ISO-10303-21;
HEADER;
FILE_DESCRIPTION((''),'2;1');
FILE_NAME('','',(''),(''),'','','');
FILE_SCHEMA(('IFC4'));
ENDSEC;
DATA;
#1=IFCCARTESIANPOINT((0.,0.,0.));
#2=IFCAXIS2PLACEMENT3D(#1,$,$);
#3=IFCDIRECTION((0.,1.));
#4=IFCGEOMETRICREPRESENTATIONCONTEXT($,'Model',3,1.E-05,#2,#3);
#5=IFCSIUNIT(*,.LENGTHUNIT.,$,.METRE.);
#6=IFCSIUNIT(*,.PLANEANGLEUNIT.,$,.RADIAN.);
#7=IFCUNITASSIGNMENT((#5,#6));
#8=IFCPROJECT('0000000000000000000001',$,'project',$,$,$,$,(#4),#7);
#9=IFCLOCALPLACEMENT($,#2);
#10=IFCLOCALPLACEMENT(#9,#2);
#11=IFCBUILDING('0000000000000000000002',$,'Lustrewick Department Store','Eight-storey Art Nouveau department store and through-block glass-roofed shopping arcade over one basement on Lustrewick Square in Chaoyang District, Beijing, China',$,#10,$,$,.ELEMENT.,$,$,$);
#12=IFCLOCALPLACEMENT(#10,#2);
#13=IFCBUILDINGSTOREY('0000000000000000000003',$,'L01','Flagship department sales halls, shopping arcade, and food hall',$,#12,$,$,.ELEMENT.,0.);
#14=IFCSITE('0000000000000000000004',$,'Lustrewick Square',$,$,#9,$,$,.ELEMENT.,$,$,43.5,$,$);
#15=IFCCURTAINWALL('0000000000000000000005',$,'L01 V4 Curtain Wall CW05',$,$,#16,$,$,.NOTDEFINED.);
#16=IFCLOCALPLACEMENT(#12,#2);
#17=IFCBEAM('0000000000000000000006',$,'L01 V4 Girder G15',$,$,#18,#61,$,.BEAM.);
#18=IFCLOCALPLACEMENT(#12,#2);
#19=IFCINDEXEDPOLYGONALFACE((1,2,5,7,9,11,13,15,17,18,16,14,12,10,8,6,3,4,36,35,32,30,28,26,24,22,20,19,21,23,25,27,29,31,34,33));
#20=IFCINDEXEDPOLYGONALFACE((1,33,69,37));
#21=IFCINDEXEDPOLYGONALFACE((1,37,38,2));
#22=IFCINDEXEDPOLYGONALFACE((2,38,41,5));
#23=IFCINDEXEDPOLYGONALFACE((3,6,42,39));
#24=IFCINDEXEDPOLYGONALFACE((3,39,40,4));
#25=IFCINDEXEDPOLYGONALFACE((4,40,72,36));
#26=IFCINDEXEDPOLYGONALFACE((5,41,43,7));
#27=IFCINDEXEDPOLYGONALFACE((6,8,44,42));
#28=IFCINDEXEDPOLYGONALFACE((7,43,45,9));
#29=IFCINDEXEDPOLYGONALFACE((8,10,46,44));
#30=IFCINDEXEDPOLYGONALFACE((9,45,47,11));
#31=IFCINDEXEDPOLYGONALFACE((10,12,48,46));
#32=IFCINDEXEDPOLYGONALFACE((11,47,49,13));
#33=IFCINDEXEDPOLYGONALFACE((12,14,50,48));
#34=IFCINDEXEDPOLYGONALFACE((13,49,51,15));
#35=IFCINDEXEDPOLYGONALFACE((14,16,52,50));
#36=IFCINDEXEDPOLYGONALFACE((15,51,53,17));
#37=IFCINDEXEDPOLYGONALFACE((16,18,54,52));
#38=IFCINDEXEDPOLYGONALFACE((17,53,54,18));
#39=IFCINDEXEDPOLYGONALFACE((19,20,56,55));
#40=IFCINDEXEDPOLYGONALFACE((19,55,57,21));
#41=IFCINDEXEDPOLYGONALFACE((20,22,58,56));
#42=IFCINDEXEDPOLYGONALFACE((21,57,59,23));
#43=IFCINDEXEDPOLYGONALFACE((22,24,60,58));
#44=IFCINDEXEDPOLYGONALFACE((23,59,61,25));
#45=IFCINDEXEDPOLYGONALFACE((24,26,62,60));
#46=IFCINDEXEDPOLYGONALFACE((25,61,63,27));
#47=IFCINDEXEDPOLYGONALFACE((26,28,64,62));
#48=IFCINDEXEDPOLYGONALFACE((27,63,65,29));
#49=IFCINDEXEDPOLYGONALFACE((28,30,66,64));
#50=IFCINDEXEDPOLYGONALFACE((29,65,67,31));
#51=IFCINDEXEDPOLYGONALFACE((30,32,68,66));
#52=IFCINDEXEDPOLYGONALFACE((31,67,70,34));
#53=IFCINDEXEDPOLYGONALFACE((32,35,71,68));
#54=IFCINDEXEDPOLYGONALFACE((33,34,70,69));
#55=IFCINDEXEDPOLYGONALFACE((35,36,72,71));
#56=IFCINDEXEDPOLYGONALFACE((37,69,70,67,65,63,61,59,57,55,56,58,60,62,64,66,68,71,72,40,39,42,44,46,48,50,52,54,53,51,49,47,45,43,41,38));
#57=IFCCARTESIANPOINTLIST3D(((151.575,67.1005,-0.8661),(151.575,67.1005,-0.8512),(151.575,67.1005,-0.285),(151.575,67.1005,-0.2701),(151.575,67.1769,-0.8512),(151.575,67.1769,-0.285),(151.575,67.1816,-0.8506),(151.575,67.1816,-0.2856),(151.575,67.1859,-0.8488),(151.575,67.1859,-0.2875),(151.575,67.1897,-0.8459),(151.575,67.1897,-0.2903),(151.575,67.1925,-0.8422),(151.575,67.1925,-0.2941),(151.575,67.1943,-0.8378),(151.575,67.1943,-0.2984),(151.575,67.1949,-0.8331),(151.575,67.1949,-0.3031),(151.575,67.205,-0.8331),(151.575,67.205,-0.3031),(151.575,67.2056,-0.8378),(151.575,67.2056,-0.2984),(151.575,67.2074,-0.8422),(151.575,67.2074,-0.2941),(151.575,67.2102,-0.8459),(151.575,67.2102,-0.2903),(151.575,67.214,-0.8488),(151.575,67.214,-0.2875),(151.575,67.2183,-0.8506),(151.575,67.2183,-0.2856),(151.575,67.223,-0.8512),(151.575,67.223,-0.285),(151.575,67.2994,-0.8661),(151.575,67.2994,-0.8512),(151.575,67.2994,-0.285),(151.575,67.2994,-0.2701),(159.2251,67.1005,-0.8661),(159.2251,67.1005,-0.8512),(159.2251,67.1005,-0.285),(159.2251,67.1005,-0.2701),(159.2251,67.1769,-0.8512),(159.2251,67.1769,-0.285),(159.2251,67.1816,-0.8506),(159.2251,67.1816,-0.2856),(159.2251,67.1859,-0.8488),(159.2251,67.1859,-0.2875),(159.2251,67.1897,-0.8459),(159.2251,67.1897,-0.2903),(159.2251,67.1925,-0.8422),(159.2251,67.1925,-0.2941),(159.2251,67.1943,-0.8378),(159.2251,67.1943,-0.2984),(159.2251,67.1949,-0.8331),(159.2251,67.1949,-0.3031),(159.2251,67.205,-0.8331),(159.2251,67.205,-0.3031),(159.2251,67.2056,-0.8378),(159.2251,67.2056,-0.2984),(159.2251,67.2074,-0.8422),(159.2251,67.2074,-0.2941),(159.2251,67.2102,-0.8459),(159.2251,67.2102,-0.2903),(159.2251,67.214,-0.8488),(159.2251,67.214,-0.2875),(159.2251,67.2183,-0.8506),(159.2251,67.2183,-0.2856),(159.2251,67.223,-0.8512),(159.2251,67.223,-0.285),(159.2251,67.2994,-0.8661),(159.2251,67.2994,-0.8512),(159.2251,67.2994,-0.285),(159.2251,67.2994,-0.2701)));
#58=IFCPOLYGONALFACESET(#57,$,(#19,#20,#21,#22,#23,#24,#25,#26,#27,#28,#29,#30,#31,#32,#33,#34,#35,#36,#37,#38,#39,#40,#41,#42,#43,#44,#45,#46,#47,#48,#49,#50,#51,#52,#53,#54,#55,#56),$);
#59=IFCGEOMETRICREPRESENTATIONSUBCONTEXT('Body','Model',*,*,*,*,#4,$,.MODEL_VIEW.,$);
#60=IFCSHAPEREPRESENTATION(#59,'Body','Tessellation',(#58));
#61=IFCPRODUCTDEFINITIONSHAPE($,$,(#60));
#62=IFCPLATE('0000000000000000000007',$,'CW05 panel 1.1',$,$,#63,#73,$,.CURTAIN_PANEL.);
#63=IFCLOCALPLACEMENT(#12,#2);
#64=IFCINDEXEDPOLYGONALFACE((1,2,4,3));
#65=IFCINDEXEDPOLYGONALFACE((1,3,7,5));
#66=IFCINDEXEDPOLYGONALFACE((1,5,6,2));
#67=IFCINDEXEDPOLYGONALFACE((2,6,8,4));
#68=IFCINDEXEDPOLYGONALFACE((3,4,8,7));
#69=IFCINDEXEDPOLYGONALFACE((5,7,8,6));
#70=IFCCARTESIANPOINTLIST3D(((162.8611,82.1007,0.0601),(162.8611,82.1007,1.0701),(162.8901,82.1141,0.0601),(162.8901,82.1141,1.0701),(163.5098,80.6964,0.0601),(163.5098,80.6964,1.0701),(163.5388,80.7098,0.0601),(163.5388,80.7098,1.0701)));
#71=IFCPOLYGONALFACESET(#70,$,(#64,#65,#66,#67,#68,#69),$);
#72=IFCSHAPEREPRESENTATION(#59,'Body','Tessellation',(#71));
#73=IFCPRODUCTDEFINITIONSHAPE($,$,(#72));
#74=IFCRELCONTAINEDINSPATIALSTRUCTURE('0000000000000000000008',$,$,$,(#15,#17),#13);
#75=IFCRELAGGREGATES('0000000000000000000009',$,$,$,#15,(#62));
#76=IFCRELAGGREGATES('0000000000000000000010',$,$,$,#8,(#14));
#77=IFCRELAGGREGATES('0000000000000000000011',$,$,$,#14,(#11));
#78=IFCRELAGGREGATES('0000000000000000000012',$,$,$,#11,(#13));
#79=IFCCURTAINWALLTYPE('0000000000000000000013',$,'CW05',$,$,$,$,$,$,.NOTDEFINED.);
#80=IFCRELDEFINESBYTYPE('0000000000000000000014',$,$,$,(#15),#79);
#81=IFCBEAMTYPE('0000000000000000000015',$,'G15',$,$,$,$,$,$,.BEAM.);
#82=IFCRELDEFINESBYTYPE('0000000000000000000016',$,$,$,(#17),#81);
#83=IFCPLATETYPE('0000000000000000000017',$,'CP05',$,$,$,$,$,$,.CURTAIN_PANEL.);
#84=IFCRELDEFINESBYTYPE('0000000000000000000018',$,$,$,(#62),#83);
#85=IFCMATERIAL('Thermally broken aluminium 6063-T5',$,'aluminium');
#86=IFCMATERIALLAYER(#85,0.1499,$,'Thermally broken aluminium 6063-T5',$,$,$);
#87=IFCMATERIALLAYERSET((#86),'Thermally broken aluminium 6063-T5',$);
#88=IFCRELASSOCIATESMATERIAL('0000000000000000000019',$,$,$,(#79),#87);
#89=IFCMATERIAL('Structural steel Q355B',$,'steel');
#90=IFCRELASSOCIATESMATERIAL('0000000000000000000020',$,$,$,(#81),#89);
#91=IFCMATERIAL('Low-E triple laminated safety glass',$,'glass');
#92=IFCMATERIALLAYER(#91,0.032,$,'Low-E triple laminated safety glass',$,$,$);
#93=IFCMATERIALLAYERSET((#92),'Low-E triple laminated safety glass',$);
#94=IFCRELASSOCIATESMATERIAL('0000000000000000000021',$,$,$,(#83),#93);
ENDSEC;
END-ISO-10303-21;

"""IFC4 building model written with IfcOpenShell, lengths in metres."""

from ifc_helpers import new_model, si_unit, direction, frame, origin, origin_2d, place, context, subcontext, project, spatial, rectangle, i_section, extrude, material, layer, layer_set, material_profile, profile_set, type_object, element, aggregate, save


model = new_model("IFC4")

# Units and contexts
model_context = context("Model", 3, precision=1e-05, world=origin(), true_north=direction((0.0, 1.0)))
body_context = subcontext(model_context, "Body", "Model", "MODEL_VIEW")
ifc_project = project(units=[si_unit("LENGTHUNIT", "METRE"), si_unit("PLANEANGLEUNIT", "RADIAN")], contexts=[model_context])

# Site, building, storey
site_placement = place(None, origin())
site = spatial("IfcSite", under=ifc_project, at=site_placement, Name="Lustrewick Square", CompositionType="ELEMENT", RefElevation=43.5)
building_placement = place(site_placement, origin())
building = spatial("IfcBuilding", under=site, at=building_placement, Name="Lustrewick Department Store", Description="Eight-storey Art Nouveau department store and through-block glass-roofed shopping arcade over one basement on Lustrewick Square in Chaoyang District, Beijing, China", CompositionType="ELEMENT")
storey_placement = place(building_placement, origin())
storey = spatial("IfcBuildingStorey", under=building, at=storey_placement, Name="L01", Description="Flagship department sales halls, shopping arcade, and food hall", CompositionType="ELEMENT", Elevation=0.0)

# Shared definitions
ifc_material_1 = material(Name="Structural steel Q355B", Category="steel")

# Curtain wall
ifc_material_2 = material(Name="Thermally broken aluminium 6063-T5", Category="aluminium")
ifc_layer_1 = layer(ifc_material_2, 0.1499, Name="Thermally broken aluminium 6063-T5")
ifc_layer_set_1 = layer_set([ifc_layer_1], Name="Thermally broken aluminium 6063-T5")
curtain_wall_type = type_object("IfcCurtainWallType", Name="CW05", PredefinedType="NOTDEFINED", material=ifc_layer_set_1)
curtain_wall_placement = place(storey_placement, origin())
curtain_wall = element("IfcCurtainWall", 1, at=curtain_wall_placement, inside=storey, type_object=curtain_wall_type, Name="L01 V4 Curtain Wall CW05", PredefinedType="NOTDEFINED")

# Beam
ifc_material_profile_1 = material_profile(ifc_material_1, i_section(OverallWidth=0.199, OverallDepth=0.5959, WebThickness=0.01, FlangeThickness=0.0149, FilletRadius=0.0181, at=origin_2d()), Name="HN 596x199x10x15")
ifc_profile_set_1 = profile_set([ifc_material_profile_1], Name="Structural steel Q355B")
beam_type_1 = type_object("IfcBeamType", Name="G15", PredefinedType="BEAM", material=ifc_profile_set_1)
beam_1_placement = place(storey_placement, frame((151.575, 67.2, -0.5681), z_axis=(1.0, 0.0, 0.0), x_axis=(0.0, 1.0, 0.0)))
element("IfcBeam", 2, at=beam_1_placement, inside=storey, type_object=beam_type_1, Name="L01 V4 Girder G15", PredefinedType="BEAM", context=body_context, shape_type="SweptSolid", body=[
    extrude(i_section(OverallWidth=0.199, OverallDepth=0.5959, WebThickness=0.01, FlangeThickness=0.0149, FilletRadius=0.0181, at=origin_2d()), origin(), (0.0, 0.0, 1.0), 7.6501),
])

# Plate
ifc_material_3 = material(Name="Low-E triple laminated safety glass", Category="glass")
ifc_layer_2 = layer(ifc_material_3, 0.032, Name="Low-E triple laminated safety glass")
ifc_layer_set_2 = layer_set([ifc_layer_2], Name="Low-E triple laminated safety glass")
plate_type = type_object("IfcPlateType", Name="CP05", PredefinedType="CURTAIN_PANEL", material=ifc_layer_set_2)
plate_placement = place(storey_placement, frame((163.2, 81.4053, 0.0601), z_axis=(0.0, 0.0, 1.0), x_axis=(-0.419382, 0.90781, 0.0)))
plate = element("IfcPlate", 3, at=plate_placement, type_object=plate_type, Name="CW05 panel 1.1", PredefinedType="CURTAIN_PANEL", context=body_context, shape_type="SweptSolid", body=[
    extrude(rectangle(XDim=1.5469, YDim=0.032, at=origin_2d()), origin(), (0.0, 0.0, 1.0), 1.01),
])
aggregate(curtain_wall, [plate])

save(model, "model.ifc")
